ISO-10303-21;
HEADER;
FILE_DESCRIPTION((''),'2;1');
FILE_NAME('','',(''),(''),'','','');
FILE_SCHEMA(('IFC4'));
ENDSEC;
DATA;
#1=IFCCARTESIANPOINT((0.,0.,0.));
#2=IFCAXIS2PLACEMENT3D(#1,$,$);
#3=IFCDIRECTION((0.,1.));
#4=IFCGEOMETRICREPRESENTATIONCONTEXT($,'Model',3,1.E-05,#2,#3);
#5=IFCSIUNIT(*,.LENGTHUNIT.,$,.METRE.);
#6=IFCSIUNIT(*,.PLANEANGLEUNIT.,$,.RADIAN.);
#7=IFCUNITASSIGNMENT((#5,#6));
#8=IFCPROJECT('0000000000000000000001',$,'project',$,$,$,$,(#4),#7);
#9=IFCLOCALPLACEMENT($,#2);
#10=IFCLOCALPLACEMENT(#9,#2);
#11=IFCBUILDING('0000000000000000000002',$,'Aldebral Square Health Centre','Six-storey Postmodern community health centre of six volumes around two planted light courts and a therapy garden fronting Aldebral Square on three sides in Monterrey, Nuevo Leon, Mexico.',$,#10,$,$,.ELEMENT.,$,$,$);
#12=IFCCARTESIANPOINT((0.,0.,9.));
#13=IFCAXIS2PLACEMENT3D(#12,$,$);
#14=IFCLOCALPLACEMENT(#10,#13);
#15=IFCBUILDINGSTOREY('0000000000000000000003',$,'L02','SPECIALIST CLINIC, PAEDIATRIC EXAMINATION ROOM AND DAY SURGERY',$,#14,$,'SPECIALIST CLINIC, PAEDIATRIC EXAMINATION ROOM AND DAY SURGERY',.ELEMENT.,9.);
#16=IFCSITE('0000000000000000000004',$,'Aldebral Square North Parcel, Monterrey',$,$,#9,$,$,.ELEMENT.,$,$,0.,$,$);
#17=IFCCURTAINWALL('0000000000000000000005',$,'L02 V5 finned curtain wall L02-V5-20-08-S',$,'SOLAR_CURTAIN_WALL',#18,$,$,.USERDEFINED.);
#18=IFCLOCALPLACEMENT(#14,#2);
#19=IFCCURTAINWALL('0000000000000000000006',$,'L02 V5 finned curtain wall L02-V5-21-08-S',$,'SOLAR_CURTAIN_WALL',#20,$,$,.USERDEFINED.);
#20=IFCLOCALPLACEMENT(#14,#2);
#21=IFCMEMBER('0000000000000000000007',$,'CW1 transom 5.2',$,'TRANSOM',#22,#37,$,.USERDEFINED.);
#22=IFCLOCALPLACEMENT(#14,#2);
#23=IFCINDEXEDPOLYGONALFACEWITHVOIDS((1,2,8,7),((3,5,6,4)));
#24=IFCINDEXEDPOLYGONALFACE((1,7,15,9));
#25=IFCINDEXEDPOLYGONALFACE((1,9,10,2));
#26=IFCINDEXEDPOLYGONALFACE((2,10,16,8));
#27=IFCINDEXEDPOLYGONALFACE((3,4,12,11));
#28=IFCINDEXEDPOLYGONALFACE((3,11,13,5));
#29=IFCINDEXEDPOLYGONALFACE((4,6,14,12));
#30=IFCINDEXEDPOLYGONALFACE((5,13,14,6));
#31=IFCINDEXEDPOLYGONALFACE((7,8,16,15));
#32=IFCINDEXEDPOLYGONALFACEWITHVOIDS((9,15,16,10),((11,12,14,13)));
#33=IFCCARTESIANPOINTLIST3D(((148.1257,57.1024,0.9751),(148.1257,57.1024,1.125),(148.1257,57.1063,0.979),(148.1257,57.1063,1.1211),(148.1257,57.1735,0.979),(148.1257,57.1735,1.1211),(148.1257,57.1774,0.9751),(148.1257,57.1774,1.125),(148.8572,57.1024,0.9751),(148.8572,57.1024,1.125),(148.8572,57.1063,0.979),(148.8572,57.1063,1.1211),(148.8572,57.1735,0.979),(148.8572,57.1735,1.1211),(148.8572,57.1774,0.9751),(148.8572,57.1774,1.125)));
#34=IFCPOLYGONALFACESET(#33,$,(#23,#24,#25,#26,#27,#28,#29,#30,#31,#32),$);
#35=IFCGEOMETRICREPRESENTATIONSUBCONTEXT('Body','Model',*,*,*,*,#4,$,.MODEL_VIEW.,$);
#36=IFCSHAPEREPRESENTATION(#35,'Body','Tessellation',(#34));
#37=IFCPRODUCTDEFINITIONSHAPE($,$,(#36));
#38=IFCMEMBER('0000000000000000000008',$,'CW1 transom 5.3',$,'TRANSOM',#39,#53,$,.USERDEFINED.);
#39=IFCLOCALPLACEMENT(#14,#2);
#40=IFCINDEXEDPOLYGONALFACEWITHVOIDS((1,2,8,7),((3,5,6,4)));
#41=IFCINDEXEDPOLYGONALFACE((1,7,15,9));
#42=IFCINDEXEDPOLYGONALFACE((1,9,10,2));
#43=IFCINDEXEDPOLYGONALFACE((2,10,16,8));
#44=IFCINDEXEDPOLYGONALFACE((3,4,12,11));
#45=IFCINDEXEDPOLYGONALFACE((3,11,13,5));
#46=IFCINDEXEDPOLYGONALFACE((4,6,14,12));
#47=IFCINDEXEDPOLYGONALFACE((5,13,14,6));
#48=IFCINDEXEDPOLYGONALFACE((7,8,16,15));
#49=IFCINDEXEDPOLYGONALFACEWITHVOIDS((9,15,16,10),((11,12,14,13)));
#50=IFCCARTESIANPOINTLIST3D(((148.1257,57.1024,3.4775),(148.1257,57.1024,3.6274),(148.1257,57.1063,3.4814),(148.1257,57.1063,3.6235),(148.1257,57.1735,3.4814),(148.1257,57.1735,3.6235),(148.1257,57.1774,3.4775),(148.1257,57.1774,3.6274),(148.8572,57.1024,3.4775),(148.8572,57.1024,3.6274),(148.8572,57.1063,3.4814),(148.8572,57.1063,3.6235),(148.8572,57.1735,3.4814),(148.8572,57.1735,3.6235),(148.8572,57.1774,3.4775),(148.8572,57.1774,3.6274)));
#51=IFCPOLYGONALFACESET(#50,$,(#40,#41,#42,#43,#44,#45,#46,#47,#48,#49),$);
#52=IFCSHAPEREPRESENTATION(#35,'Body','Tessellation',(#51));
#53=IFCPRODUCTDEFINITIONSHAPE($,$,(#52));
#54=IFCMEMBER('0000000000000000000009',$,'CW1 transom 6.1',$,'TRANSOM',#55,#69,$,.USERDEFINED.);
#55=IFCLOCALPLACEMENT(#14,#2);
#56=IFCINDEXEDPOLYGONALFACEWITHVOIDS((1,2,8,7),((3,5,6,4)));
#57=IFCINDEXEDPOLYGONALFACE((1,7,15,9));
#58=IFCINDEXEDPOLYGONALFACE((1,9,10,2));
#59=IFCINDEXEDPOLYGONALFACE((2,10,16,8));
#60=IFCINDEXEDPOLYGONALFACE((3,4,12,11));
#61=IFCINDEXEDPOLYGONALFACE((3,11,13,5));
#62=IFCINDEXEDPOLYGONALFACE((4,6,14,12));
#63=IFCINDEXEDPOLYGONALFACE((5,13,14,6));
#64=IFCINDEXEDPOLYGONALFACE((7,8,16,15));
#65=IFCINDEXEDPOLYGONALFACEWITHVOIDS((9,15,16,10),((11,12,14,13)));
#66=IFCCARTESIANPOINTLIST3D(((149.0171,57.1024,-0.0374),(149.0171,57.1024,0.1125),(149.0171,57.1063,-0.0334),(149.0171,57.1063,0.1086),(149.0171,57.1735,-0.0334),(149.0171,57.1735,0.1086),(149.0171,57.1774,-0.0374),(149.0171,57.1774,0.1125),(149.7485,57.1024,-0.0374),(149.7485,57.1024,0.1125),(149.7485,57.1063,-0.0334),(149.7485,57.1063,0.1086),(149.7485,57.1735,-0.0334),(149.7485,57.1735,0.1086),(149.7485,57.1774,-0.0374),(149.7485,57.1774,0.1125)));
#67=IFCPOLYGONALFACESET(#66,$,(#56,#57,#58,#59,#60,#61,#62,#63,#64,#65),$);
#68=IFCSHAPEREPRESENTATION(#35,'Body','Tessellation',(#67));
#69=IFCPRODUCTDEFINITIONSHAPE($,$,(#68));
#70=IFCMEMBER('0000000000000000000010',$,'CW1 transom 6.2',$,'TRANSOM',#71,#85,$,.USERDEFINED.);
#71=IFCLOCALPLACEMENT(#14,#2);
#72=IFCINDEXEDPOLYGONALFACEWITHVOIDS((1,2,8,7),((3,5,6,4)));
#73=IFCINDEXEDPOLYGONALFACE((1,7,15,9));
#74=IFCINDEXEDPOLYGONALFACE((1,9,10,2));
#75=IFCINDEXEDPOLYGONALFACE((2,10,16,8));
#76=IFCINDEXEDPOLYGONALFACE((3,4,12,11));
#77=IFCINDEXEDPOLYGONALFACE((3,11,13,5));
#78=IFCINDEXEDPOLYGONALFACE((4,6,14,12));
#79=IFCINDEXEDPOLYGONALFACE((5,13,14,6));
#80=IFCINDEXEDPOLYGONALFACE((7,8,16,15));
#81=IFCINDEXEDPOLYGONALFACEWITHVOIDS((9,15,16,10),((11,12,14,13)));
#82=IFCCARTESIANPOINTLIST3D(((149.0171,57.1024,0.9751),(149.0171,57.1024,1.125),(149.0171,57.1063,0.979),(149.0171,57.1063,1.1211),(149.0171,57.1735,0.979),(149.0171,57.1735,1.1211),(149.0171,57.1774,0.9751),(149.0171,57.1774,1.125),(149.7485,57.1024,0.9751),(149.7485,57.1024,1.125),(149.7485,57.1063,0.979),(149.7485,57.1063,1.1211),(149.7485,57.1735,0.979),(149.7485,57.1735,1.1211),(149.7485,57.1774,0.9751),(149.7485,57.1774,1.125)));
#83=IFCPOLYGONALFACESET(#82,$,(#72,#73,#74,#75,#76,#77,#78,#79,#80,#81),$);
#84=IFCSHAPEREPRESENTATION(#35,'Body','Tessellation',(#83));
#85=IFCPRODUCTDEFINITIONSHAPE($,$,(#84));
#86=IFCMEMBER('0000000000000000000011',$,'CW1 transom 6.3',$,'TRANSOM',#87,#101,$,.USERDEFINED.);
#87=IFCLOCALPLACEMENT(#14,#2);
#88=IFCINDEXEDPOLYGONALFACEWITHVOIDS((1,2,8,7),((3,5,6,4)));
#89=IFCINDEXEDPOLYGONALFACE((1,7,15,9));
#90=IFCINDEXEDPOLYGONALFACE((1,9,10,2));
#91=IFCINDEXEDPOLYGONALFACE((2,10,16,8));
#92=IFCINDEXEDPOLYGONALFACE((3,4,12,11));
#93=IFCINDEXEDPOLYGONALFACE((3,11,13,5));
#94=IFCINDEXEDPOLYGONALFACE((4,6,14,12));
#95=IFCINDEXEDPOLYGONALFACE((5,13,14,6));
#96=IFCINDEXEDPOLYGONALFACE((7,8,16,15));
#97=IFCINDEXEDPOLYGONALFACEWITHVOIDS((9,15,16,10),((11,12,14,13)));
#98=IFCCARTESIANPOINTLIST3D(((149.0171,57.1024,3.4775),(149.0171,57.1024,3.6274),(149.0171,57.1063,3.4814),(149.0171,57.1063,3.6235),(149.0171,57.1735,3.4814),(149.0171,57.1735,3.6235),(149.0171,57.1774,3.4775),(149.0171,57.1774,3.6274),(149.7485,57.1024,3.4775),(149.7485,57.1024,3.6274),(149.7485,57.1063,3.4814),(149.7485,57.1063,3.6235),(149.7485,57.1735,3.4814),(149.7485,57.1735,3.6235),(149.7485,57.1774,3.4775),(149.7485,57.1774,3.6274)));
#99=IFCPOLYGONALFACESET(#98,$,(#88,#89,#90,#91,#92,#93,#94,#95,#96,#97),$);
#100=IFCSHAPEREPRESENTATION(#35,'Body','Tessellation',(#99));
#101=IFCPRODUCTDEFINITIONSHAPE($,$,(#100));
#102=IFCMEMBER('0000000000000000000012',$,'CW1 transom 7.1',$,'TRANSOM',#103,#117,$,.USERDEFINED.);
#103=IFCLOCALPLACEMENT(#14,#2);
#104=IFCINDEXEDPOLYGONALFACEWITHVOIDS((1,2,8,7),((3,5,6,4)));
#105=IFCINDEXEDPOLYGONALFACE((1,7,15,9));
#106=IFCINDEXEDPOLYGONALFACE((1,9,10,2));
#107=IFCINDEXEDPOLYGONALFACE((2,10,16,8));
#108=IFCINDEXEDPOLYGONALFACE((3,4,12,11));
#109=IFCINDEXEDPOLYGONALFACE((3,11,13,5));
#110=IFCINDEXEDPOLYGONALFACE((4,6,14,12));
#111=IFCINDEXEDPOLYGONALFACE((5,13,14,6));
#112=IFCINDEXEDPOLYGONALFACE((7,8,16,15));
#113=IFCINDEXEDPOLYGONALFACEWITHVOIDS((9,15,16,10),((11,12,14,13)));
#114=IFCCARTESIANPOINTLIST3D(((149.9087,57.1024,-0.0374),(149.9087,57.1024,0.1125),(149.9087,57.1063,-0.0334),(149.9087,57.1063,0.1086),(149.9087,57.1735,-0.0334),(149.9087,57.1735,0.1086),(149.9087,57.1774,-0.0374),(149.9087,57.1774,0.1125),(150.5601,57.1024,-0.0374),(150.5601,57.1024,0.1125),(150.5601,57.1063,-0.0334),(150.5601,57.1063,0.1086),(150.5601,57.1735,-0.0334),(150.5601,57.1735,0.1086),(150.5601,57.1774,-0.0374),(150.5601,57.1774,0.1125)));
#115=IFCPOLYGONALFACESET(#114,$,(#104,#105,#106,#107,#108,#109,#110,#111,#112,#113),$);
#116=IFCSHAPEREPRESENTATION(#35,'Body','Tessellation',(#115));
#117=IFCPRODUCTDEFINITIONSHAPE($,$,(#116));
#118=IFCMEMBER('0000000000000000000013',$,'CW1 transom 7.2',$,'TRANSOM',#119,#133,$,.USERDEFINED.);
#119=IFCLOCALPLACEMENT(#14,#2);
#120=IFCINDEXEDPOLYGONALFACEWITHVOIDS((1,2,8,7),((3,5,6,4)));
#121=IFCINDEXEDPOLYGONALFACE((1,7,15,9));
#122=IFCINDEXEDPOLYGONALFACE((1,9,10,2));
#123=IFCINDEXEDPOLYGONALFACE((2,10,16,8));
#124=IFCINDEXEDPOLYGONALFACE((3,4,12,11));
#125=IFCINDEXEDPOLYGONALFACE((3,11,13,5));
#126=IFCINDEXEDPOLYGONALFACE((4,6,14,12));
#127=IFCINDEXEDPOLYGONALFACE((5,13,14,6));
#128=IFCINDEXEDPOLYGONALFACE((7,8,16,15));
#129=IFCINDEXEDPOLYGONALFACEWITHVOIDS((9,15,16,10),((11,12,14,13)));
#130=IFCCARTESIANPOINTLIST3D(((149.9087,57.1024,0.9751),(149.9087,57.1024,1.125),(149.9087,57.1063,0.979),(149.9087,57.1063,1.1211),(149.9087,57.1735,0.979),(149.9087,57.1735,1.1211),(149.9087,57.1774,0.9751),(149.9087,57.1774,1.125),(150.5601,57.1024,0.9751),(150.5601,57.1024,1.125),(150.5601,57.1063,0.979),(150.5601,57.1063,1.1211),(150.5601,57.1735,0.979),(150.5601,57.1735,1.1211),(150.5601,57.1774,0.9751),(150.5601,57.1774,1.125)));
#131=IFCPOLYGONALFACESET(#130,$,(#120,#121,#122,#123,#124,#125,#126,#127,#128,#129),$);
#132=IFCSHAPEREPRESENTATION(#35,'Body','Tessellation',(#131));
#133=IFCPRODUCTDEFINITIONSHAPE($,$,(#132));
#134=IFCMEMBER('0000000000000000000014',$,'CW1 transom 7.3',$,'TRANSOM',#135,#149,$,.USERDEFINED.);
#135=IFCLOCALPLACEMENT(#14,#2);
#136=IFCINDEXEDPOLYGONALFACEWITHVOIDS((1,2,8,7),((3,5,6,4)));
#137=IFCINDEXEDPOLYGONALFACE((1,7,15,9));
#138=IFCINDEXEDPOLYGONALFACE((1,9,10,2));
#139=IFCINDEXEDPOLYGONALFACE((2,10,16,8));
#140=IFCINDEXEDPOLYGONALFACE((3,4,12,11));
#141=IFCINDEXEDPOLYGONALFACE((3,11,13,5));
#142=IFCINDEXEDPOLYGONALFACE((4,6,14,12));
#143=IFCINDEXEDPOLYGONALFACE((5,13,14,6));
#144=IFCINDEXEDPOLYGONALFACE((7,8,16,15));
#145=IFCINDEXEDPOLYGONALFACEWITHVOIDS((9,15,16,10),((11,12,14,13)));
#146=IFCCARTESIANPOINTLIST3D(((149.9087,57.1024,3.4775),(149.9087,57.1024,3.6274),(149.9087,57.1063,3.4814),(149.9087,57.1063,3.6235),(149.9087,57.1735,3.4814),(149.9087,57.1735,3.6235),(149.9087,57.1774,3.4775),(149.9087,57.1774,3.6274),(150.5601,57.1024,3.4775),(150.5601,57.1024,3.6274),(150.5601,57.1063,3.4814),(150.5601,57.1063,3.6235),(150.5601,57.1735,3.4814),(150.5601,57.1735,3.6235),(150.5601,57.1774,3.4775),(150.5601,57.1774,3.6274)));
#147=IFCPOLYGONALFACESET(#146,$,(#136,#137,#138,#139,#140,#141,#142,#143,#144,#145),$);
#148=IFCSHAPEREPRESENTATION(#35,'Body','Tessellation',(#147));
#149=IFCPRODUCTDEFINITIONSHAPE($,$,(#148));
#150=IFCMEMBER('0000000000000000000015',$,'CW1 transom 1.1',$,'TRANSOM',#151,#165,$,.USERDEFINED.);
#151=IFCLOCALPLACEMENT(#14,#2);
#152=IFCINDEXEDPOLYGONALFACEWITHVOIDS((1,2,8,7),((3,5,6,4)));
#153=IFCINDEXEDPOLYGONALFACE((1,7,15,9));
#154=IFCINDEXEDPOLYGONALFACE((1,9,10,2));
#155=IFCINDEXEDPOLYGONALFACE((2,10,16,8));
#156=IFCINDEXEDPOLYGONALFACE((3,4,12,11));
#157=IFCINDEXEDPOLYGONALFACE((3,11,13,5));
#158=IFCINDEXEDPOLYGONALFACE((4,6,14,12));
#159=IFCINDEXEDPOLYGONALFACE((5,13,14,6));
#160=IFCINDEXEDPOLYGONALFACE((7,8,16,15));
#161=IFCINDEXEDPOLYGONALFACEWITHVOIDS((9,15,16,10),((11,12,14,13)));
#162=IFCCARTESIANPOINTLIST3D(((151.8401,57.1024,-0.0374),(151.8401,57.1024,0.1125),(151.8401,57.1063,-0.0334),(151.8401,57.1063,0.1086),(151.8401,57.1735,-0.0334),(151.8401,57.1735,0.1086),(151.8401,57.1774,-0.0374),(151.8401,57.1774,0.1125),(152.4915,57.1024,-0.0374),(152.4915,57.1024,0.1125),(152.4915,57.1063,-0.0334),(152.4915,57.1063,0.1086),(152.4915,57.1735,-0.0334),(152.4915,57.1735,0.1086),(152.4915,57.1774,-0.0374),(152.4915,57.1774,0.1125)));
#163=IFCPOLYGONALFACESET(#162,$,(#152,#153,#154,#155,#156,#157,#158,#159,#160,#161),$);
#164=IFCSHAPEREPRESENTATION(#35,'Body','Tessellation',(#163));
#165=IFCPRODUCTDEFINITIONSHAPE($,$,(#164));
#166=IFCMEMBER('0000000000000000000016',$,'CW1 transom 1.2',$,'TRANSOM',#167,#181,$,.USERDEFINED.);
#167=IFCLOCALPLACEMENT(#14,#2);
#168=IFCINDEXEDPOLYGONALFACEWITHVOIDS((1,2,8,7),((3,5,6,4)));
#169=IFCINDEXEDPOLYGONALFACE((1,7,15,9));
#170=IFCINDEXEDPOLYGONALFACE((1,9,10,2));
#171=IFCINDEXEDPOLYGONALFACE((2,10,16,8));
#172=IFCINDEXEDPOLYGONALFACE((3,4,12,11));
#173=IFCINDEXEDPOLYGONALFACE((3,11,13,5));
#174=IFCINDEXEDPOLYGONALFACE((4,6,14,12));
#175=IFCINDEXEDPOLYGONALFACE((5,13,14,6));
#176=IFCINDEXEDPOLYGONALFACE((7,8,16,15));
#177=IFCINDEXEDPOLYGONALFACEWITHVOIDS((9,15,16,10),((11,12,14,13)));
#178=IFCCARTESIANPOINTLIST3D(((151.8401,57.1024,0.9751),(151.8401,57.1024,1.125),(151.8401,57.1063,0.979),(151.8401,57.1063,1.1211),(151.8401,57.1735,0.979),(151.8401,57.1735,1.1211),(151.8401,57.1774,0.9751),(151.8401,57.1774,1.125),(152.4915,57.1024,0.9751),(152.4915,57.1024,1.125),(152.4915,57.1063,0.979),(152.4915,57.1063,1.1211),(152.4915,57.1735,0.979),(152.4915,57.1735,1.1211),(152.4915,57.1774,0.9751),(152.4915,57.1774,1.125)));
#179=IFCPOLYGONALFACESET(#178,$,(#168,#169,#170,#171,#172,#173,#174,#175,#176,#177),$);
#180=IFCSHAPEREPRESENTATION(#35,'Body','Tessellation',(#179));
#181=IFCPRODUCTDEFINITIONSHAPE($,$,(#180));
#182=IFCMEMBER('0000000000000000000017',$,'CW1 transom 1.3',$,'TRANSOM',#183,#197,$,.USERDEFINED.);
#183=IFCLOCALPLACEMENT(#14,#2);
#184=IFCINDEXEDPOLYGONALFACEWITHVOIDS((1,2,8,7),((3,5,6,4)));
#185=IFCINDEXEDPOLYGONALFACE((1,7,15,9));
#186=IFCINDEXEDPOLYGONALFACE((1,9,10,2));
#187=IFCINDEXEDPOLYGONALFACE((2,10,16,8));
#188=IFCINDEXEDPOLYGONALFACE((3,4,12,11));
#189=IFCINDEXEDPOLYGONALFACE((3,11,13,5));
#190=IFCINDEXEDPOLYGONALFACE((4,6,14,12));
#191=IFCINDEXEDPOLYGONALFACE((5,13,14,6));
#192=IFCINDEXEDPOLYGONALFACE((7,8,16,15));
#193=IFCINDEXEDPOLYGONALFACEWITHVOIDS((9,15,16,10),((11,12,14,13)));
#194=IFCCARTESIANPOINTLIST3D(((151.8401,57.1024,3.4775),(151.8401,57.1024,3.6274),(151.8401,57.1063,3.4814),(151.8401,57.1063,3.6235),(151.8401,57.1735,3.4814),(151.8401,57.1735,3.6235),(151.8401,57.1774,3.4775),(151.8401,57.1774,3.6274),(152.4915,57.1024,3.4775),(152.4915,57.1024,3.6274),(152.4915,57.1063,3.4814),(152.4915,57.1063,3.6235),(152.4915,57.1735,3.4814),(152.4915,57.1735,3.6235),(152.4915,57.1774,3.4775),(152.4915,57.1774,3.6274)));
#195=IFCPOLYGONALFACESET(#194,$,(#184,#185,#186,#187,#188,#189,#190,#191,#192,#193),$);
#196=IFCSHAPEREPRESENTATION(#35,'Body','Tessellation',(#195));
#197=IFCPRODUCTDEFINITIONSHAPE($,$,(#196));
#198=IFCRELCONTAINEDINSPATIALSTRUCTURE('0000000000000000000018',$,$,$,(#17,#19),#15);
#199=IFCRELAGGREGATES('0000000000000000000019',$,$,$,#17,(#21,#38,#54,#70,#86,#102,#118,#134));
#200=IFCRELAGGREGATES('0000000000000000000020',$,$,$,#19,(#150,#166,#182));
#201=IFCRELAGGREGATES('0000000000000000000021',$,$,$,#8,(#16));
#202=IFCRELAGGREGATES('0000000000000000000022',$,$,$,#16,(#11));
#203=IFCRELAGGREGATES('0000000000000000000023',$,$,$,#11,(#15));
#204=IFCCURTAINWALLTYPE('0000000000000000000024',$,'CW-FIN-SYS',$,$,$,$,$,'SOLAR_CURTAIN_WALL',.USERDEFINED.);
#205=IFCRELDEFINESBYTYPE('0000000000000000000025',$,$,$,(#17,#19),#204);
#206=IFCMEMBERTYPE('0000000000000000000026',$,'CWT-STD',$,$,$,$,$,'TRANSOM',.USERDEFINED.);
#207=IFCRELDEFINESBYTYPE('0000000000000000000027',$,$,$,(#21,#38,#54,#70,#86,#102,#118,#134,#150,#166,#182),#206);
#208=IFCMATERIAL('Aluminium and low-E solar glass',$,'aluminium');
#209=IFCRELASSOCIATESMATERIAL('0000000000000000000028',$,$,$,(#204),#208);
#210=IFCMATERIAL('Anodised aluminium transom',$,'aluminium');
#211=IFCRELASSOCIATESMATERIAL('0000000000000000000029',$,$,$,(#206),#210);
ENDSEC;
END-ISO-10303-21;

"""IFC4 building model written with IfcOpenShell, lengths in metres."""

from ifc_helpers import new_model, si_unit, direction, frame, origin, origin_2d, place, context, subcontext, project, spatial, hollow_rectangle, extrude, material, material_profile, profile_set, type_object, element, aggregate, save


model = new_model("IFC4")

# Units and contexts
model_context = context("Model", 3, precision=1e-05, world=origin(), true_north=direction((0.0, 1.0)))
body_context = subcontext(model_context, "Body", "Model", "MODEL_VIEW")
ifc_project = project(units=[si_unit("LENGTHUNIT", "METRE"), si_unit("PLANEANGLEUNIT", "RADIAN")], contexts=[model_context])

# Site, building, storey
site_placement = place(None, origin())
site = spatial("IfcSite", under=ifc_project, at=site_placement, Name="Aldebral Square North Parcel, Monterrey", CompositionType="ELEMENT", RefElevation=0.0)
building_placement = place(site_placement, origin())
building = spatial("IfcBuilding", under=site, at=building_placement, Name="Aldebral Square Health Centre", Description="Six-storey Postmodern community health centre of six volumes around two planted light courts and a therapy garden fronting Aldebral Square on three sides in Monterrey, Nuevo Leon, Mexico.", CompositionType="ELEMENT")
storey_placement = place(building_placement, frame((0.0, 0.0, 9.0)))
storey = spatial("IfcBuildingStorey", under=building, at=storey_placement, Name="L02", Description="SPECIALIST CLINIC, PAEDIATRIC EXAMINATION ROOM AND DAY SURGERY", LongName="SPECIALIST CLINIC, PAEDIATRIC EXAMINATION ROOM AND DAY SURGERY", CompositionType="ELEMENT", Elevation=9.0)

# Curtain walls
ifc_material_1 = material(Name="Aluminium and low-E solar glass", Category="aluminium")
curtain_wall_type = type_object("IfcCurtainWallType", Name="CW-FIN-SYS", ElementType="SOLAR_CURTAIN_WALL", PredefinedType="USERDEFINED", material=ifc_material_1)
curtain_wall_1_placement = place(storey_placement, origin())
curtain_wall_1 = element("IfcCurtainWall", 1, at=curtain_wall_1_placement, inside=storey, type_object=curtain_wall_type, Name="L02 V5 finned curtain wall L02-V5-20-08-S", ObjectType="SOLAR_CURTAIN_WALL", PredefinedType="USERDEFINED")
curtain_wall_2_placement = place(storey_placement, origin())
curtain_wall_2 = element("IfcCurtainWall", 2, at=curtain_wall_2_placement, inside=storey, type_object=curtain_wall_type, Name="L02 V5 finned curtain wall L02-V5-21-08-S", ObjectType="SOLAR_CURTAIN_WALL", PredefinedType="USERDEFINED")

# Members
ifc_material_2 = material(Name="Anodised aluminium transom", Category="aluminium")
ifc_material_profile_1 = material_profile(ifc_material_2, hollow_rectangle(XDim=0.075, YDim=0.1499, WallThickness=0.0039, at=origin_2d()), Name="CWT 75x150x4")
ifc_profile_set_1 = profile_set([ifc_material_profile_1], Name="Anodised aluminium transom")
member_type_1 = type_object("IfcMemberType", Name="CWT-STD", ElementType="TRANSOM", PredefinedType="USERDEFINED", material=ifc_profile_set_1)
member_1_placement = place(storey_placement, frame((148.1257, 57.1399, 1.05), z_axis=(1.0, 0.0, 0.0), x_axis=(0.0, 1.0, 0.0)))
member_1 = element("IfcMember", 3, at=member_1_placement, type_object=member_type_1, Name="CW1 transom 5.2", ObjectType="TRANSOM", PredefinedType="USERDEFINED", context=body_context, shape_type="SweptSolid", body=[
    extrude(hollow_rectangle(XDim=0.075, YDim=0.1499, WallThickness=0.0039, at=origin_2d()), origin(), (0.0, 0.0, 1.0), 0.7314),
])
member_2_placement = place(storey_placement, frame((148.1257, 57.1399, 3.5525), z_axis=(1.0, 0.0, 0.0), x_axis=(0.0, 1.0, 0.0)))
member_2 = element("IfcMember", 4, at=member_2_placement, type_object=member_type_1, Name="CW1 transom 5.3", ObjectType="TRANSOM", PredefinedType="USERDEFINED", context=body_context, shape_type="SweptSolid", body=[
    extrude(hollow_rectangle(XDim=0.075, YDim=0.1499, WallThickness=0.0039, at=origin_2d()), origin(), (0.0, 0.0, 1.0), 0.7314),
])
member_3_placement = place(storey_placement, frame((149.0171, 57.1399, 0.0376), z_axis=(1.0, 0.0, 0.0), x_axis=(0.0, 1.0, 0.0)))
member_3 = element("IfcMember", 5, at=member_3_placement, type_object=member_type_1, Name="CW1 transom 6.1", ObjectType="TRANSOM", PredefinedType="USERDEFINED", context=body_context, shape_type="SweptSolid", body=[
    extrude(hollow_rectangle(XDim=0.075, YDim=0.1499, WallThickness=0.0039, at=origin_2d()), origin(), (0.0, 0.0, 1.0), 0.7314),
])
member_4_placement = place(storey_placement, frame((149.0171, 57.1399, 1.05), z_axis=(1.0, 0.0, 0.0), x_axis=(0.0, 1.0, 0.0)))
member_4 = element("IfcMember", 6, at=member_4_placement, type_object=member_type_1, Name="CW1 transom 6.2", ObjectType="TRANSOM", PredefinedType="USERDEFINED", context=body_context, shape_type="SweptSolid", body=[
    extrude(hollow_rectangle(XDim=0.075, YDim=0.1499, WallThickness=0.0039, at=origin_2d()), origin(), (0.0, 0.0, 1.0), 0.7314),
])
member_5_placement = place(storey_placement, frame((149.0171, 57.1399, 3.5525), z_axis=(1.0, 0.0, 0.0), x_axis=(0.0, 1.0, 0.0)))
member_5 = element("IfcMember", 7, at=member_5_placement, type_object=member_type_1, Name="CW1 transom 6.3", ObjectType="TRANSOM", PredefinedType="USERDEFINED", context=body_context, shape_type="SweptSolid", body=[
    extrude(hollow_rectangle(XDim=0.075, YDim=0.1499, WallThickness=0.0039, at=origin_2d()), origin(), (0.0, 0.0, 1.0), 0.7314),
])
member_6_placement = place(storey_placement, frame((149.9087, 57.1399, 0.0376), z_axis=(1.0, 0.0, 0.0), x_axis=(0.0, 1.0, 0.0)))
member_6 = element("IfcMember", 8, at=member_6_placement, type_object=member_type_1, Name="CW1 transom 7.1", ObjectType="TRANSOM", PredefinedType="USERDEFINED", context=body_context, shape_type="SweptSolid", body=[
    extrude(hollow_rectangle(XDim=0.075, YDim=0.1499, WallThickness=0.0039, at=origin_2d()), origin(), (0.0, 0.0, 1.0), 0.6514),
])
member_7_placement = place(storey_placement, frame((149.9087, 57.1399, 1.05), z_axis=(1.0, 0.0, 0.0), x_axis=(0.0, 1.0, 0.0)))
member_7 = element("IfcMember", 9, at=member_7_placement, type_object=member_type_1, Name="CW1 transom 7.2", ObjectType="TRANSOM", PredefinedType="USERDEFINED", context=body_context, shape_type="SweptSolid", body=[
    extrude(hollow_rectangle(XDim=0.075, YDim=0.1499, WallThickness=0.0039, at=origin_2d()), origin(), (0.0, 0.0, 1.0), 0.6514),
])
member_8_placement = place(storey_placement, frame((149.9087, 57.1399, 3.5525), z_axis=(1.0, 0.0, 0.0), x_axis=(0.0, 1.0, 0.0)))
member_8 = element("IfcMember", 10, at=member_8_placement, type_object=member_type_1, Name="CW1 transom 7.3", ObjectType="TRANSOM", PredefinedType="USERDEFINED", context=body_context, shape_type="SweptSolid", body=[
    extrude(hollow_rectangle(XDim=0.075, YDim=0.1499, WallThickness=0.0039, at=origin_2d()), origin(), (0.0, 0.0, 1.0), 0.6514),
])
member_9_placement = place(storey_placement, frame((151.8401, 57.1399, 0.0376), z_axis=(1.0, 0.0, 0.0), x_axis=(0.0, 1.0, 0.0)))
member_9 = element("IfcMember", 11, at=member_9_placement, type_object=member_type_1, Name="CW1 transom 1.1", ObjectType="TRANSOM", PredefinedType="USERDEFINED", context=body_context, shape_type="SweptSolid", body=[
    extrude(hollow_rectangle(XDim=0.075, YDim=0.1499, WallThickness=0.0039, at=origin_2d()), origin(), (0.0, 0.0, 1.0), 0.6514),
])
member_10_placement = place(storey_placement, frame((151.8401, 57.1399, 1.05), z_axis=(1.0, 0.0, 0.0), x_axis=(0.0, 1.0, 0.0)))
member_10 = element("IfcMember", 12, at=member_10_placement, type_object=member_type_1, Name="CW1 transom 1.2", ObjectType="TRANSOM", PredefinedType="USERDEFINED", context=body_context, shape_type="SweptSolid", body=[
    extrude(hollow_rectangle(XDim=0.075, YDim=0.1499, WallThickness=0.0039, at=origin_2d()), origin(), (0.0, 0.0, 1.0), 0.6514),
])
member_11_placement = place(storey_placement, frame((151.8401, 57.1399, 3.5525), z_axis=(1.0, 0.0, 0.0), x_axis=(0.0, 1.0, 0.0)))
member_11 = element("IfcMember", 13, at=member_11_placement, type_object=member_type_1, Name="CW1 transom 1.3", ObjectType="TRANSOM", PredefinedType="USERDEFINED", context=body_context, shape_type="SweptSolid", body=[
    extrude(hollow_rectangle(XDim=0.075, YDim=0.1499, WallThickness=0.0039, at=origin_2d()), origin(), (0.0, 0.0, 1.0), 0.6514),
])

aggregate(curtain_wall_1, [member_1, member_2, member_3, member_4, member_5, member_6, member_7, member_8])
aggregate(curtain_wall_2, [member_9, member_10, member_11])

save(model, "model.ifc")
